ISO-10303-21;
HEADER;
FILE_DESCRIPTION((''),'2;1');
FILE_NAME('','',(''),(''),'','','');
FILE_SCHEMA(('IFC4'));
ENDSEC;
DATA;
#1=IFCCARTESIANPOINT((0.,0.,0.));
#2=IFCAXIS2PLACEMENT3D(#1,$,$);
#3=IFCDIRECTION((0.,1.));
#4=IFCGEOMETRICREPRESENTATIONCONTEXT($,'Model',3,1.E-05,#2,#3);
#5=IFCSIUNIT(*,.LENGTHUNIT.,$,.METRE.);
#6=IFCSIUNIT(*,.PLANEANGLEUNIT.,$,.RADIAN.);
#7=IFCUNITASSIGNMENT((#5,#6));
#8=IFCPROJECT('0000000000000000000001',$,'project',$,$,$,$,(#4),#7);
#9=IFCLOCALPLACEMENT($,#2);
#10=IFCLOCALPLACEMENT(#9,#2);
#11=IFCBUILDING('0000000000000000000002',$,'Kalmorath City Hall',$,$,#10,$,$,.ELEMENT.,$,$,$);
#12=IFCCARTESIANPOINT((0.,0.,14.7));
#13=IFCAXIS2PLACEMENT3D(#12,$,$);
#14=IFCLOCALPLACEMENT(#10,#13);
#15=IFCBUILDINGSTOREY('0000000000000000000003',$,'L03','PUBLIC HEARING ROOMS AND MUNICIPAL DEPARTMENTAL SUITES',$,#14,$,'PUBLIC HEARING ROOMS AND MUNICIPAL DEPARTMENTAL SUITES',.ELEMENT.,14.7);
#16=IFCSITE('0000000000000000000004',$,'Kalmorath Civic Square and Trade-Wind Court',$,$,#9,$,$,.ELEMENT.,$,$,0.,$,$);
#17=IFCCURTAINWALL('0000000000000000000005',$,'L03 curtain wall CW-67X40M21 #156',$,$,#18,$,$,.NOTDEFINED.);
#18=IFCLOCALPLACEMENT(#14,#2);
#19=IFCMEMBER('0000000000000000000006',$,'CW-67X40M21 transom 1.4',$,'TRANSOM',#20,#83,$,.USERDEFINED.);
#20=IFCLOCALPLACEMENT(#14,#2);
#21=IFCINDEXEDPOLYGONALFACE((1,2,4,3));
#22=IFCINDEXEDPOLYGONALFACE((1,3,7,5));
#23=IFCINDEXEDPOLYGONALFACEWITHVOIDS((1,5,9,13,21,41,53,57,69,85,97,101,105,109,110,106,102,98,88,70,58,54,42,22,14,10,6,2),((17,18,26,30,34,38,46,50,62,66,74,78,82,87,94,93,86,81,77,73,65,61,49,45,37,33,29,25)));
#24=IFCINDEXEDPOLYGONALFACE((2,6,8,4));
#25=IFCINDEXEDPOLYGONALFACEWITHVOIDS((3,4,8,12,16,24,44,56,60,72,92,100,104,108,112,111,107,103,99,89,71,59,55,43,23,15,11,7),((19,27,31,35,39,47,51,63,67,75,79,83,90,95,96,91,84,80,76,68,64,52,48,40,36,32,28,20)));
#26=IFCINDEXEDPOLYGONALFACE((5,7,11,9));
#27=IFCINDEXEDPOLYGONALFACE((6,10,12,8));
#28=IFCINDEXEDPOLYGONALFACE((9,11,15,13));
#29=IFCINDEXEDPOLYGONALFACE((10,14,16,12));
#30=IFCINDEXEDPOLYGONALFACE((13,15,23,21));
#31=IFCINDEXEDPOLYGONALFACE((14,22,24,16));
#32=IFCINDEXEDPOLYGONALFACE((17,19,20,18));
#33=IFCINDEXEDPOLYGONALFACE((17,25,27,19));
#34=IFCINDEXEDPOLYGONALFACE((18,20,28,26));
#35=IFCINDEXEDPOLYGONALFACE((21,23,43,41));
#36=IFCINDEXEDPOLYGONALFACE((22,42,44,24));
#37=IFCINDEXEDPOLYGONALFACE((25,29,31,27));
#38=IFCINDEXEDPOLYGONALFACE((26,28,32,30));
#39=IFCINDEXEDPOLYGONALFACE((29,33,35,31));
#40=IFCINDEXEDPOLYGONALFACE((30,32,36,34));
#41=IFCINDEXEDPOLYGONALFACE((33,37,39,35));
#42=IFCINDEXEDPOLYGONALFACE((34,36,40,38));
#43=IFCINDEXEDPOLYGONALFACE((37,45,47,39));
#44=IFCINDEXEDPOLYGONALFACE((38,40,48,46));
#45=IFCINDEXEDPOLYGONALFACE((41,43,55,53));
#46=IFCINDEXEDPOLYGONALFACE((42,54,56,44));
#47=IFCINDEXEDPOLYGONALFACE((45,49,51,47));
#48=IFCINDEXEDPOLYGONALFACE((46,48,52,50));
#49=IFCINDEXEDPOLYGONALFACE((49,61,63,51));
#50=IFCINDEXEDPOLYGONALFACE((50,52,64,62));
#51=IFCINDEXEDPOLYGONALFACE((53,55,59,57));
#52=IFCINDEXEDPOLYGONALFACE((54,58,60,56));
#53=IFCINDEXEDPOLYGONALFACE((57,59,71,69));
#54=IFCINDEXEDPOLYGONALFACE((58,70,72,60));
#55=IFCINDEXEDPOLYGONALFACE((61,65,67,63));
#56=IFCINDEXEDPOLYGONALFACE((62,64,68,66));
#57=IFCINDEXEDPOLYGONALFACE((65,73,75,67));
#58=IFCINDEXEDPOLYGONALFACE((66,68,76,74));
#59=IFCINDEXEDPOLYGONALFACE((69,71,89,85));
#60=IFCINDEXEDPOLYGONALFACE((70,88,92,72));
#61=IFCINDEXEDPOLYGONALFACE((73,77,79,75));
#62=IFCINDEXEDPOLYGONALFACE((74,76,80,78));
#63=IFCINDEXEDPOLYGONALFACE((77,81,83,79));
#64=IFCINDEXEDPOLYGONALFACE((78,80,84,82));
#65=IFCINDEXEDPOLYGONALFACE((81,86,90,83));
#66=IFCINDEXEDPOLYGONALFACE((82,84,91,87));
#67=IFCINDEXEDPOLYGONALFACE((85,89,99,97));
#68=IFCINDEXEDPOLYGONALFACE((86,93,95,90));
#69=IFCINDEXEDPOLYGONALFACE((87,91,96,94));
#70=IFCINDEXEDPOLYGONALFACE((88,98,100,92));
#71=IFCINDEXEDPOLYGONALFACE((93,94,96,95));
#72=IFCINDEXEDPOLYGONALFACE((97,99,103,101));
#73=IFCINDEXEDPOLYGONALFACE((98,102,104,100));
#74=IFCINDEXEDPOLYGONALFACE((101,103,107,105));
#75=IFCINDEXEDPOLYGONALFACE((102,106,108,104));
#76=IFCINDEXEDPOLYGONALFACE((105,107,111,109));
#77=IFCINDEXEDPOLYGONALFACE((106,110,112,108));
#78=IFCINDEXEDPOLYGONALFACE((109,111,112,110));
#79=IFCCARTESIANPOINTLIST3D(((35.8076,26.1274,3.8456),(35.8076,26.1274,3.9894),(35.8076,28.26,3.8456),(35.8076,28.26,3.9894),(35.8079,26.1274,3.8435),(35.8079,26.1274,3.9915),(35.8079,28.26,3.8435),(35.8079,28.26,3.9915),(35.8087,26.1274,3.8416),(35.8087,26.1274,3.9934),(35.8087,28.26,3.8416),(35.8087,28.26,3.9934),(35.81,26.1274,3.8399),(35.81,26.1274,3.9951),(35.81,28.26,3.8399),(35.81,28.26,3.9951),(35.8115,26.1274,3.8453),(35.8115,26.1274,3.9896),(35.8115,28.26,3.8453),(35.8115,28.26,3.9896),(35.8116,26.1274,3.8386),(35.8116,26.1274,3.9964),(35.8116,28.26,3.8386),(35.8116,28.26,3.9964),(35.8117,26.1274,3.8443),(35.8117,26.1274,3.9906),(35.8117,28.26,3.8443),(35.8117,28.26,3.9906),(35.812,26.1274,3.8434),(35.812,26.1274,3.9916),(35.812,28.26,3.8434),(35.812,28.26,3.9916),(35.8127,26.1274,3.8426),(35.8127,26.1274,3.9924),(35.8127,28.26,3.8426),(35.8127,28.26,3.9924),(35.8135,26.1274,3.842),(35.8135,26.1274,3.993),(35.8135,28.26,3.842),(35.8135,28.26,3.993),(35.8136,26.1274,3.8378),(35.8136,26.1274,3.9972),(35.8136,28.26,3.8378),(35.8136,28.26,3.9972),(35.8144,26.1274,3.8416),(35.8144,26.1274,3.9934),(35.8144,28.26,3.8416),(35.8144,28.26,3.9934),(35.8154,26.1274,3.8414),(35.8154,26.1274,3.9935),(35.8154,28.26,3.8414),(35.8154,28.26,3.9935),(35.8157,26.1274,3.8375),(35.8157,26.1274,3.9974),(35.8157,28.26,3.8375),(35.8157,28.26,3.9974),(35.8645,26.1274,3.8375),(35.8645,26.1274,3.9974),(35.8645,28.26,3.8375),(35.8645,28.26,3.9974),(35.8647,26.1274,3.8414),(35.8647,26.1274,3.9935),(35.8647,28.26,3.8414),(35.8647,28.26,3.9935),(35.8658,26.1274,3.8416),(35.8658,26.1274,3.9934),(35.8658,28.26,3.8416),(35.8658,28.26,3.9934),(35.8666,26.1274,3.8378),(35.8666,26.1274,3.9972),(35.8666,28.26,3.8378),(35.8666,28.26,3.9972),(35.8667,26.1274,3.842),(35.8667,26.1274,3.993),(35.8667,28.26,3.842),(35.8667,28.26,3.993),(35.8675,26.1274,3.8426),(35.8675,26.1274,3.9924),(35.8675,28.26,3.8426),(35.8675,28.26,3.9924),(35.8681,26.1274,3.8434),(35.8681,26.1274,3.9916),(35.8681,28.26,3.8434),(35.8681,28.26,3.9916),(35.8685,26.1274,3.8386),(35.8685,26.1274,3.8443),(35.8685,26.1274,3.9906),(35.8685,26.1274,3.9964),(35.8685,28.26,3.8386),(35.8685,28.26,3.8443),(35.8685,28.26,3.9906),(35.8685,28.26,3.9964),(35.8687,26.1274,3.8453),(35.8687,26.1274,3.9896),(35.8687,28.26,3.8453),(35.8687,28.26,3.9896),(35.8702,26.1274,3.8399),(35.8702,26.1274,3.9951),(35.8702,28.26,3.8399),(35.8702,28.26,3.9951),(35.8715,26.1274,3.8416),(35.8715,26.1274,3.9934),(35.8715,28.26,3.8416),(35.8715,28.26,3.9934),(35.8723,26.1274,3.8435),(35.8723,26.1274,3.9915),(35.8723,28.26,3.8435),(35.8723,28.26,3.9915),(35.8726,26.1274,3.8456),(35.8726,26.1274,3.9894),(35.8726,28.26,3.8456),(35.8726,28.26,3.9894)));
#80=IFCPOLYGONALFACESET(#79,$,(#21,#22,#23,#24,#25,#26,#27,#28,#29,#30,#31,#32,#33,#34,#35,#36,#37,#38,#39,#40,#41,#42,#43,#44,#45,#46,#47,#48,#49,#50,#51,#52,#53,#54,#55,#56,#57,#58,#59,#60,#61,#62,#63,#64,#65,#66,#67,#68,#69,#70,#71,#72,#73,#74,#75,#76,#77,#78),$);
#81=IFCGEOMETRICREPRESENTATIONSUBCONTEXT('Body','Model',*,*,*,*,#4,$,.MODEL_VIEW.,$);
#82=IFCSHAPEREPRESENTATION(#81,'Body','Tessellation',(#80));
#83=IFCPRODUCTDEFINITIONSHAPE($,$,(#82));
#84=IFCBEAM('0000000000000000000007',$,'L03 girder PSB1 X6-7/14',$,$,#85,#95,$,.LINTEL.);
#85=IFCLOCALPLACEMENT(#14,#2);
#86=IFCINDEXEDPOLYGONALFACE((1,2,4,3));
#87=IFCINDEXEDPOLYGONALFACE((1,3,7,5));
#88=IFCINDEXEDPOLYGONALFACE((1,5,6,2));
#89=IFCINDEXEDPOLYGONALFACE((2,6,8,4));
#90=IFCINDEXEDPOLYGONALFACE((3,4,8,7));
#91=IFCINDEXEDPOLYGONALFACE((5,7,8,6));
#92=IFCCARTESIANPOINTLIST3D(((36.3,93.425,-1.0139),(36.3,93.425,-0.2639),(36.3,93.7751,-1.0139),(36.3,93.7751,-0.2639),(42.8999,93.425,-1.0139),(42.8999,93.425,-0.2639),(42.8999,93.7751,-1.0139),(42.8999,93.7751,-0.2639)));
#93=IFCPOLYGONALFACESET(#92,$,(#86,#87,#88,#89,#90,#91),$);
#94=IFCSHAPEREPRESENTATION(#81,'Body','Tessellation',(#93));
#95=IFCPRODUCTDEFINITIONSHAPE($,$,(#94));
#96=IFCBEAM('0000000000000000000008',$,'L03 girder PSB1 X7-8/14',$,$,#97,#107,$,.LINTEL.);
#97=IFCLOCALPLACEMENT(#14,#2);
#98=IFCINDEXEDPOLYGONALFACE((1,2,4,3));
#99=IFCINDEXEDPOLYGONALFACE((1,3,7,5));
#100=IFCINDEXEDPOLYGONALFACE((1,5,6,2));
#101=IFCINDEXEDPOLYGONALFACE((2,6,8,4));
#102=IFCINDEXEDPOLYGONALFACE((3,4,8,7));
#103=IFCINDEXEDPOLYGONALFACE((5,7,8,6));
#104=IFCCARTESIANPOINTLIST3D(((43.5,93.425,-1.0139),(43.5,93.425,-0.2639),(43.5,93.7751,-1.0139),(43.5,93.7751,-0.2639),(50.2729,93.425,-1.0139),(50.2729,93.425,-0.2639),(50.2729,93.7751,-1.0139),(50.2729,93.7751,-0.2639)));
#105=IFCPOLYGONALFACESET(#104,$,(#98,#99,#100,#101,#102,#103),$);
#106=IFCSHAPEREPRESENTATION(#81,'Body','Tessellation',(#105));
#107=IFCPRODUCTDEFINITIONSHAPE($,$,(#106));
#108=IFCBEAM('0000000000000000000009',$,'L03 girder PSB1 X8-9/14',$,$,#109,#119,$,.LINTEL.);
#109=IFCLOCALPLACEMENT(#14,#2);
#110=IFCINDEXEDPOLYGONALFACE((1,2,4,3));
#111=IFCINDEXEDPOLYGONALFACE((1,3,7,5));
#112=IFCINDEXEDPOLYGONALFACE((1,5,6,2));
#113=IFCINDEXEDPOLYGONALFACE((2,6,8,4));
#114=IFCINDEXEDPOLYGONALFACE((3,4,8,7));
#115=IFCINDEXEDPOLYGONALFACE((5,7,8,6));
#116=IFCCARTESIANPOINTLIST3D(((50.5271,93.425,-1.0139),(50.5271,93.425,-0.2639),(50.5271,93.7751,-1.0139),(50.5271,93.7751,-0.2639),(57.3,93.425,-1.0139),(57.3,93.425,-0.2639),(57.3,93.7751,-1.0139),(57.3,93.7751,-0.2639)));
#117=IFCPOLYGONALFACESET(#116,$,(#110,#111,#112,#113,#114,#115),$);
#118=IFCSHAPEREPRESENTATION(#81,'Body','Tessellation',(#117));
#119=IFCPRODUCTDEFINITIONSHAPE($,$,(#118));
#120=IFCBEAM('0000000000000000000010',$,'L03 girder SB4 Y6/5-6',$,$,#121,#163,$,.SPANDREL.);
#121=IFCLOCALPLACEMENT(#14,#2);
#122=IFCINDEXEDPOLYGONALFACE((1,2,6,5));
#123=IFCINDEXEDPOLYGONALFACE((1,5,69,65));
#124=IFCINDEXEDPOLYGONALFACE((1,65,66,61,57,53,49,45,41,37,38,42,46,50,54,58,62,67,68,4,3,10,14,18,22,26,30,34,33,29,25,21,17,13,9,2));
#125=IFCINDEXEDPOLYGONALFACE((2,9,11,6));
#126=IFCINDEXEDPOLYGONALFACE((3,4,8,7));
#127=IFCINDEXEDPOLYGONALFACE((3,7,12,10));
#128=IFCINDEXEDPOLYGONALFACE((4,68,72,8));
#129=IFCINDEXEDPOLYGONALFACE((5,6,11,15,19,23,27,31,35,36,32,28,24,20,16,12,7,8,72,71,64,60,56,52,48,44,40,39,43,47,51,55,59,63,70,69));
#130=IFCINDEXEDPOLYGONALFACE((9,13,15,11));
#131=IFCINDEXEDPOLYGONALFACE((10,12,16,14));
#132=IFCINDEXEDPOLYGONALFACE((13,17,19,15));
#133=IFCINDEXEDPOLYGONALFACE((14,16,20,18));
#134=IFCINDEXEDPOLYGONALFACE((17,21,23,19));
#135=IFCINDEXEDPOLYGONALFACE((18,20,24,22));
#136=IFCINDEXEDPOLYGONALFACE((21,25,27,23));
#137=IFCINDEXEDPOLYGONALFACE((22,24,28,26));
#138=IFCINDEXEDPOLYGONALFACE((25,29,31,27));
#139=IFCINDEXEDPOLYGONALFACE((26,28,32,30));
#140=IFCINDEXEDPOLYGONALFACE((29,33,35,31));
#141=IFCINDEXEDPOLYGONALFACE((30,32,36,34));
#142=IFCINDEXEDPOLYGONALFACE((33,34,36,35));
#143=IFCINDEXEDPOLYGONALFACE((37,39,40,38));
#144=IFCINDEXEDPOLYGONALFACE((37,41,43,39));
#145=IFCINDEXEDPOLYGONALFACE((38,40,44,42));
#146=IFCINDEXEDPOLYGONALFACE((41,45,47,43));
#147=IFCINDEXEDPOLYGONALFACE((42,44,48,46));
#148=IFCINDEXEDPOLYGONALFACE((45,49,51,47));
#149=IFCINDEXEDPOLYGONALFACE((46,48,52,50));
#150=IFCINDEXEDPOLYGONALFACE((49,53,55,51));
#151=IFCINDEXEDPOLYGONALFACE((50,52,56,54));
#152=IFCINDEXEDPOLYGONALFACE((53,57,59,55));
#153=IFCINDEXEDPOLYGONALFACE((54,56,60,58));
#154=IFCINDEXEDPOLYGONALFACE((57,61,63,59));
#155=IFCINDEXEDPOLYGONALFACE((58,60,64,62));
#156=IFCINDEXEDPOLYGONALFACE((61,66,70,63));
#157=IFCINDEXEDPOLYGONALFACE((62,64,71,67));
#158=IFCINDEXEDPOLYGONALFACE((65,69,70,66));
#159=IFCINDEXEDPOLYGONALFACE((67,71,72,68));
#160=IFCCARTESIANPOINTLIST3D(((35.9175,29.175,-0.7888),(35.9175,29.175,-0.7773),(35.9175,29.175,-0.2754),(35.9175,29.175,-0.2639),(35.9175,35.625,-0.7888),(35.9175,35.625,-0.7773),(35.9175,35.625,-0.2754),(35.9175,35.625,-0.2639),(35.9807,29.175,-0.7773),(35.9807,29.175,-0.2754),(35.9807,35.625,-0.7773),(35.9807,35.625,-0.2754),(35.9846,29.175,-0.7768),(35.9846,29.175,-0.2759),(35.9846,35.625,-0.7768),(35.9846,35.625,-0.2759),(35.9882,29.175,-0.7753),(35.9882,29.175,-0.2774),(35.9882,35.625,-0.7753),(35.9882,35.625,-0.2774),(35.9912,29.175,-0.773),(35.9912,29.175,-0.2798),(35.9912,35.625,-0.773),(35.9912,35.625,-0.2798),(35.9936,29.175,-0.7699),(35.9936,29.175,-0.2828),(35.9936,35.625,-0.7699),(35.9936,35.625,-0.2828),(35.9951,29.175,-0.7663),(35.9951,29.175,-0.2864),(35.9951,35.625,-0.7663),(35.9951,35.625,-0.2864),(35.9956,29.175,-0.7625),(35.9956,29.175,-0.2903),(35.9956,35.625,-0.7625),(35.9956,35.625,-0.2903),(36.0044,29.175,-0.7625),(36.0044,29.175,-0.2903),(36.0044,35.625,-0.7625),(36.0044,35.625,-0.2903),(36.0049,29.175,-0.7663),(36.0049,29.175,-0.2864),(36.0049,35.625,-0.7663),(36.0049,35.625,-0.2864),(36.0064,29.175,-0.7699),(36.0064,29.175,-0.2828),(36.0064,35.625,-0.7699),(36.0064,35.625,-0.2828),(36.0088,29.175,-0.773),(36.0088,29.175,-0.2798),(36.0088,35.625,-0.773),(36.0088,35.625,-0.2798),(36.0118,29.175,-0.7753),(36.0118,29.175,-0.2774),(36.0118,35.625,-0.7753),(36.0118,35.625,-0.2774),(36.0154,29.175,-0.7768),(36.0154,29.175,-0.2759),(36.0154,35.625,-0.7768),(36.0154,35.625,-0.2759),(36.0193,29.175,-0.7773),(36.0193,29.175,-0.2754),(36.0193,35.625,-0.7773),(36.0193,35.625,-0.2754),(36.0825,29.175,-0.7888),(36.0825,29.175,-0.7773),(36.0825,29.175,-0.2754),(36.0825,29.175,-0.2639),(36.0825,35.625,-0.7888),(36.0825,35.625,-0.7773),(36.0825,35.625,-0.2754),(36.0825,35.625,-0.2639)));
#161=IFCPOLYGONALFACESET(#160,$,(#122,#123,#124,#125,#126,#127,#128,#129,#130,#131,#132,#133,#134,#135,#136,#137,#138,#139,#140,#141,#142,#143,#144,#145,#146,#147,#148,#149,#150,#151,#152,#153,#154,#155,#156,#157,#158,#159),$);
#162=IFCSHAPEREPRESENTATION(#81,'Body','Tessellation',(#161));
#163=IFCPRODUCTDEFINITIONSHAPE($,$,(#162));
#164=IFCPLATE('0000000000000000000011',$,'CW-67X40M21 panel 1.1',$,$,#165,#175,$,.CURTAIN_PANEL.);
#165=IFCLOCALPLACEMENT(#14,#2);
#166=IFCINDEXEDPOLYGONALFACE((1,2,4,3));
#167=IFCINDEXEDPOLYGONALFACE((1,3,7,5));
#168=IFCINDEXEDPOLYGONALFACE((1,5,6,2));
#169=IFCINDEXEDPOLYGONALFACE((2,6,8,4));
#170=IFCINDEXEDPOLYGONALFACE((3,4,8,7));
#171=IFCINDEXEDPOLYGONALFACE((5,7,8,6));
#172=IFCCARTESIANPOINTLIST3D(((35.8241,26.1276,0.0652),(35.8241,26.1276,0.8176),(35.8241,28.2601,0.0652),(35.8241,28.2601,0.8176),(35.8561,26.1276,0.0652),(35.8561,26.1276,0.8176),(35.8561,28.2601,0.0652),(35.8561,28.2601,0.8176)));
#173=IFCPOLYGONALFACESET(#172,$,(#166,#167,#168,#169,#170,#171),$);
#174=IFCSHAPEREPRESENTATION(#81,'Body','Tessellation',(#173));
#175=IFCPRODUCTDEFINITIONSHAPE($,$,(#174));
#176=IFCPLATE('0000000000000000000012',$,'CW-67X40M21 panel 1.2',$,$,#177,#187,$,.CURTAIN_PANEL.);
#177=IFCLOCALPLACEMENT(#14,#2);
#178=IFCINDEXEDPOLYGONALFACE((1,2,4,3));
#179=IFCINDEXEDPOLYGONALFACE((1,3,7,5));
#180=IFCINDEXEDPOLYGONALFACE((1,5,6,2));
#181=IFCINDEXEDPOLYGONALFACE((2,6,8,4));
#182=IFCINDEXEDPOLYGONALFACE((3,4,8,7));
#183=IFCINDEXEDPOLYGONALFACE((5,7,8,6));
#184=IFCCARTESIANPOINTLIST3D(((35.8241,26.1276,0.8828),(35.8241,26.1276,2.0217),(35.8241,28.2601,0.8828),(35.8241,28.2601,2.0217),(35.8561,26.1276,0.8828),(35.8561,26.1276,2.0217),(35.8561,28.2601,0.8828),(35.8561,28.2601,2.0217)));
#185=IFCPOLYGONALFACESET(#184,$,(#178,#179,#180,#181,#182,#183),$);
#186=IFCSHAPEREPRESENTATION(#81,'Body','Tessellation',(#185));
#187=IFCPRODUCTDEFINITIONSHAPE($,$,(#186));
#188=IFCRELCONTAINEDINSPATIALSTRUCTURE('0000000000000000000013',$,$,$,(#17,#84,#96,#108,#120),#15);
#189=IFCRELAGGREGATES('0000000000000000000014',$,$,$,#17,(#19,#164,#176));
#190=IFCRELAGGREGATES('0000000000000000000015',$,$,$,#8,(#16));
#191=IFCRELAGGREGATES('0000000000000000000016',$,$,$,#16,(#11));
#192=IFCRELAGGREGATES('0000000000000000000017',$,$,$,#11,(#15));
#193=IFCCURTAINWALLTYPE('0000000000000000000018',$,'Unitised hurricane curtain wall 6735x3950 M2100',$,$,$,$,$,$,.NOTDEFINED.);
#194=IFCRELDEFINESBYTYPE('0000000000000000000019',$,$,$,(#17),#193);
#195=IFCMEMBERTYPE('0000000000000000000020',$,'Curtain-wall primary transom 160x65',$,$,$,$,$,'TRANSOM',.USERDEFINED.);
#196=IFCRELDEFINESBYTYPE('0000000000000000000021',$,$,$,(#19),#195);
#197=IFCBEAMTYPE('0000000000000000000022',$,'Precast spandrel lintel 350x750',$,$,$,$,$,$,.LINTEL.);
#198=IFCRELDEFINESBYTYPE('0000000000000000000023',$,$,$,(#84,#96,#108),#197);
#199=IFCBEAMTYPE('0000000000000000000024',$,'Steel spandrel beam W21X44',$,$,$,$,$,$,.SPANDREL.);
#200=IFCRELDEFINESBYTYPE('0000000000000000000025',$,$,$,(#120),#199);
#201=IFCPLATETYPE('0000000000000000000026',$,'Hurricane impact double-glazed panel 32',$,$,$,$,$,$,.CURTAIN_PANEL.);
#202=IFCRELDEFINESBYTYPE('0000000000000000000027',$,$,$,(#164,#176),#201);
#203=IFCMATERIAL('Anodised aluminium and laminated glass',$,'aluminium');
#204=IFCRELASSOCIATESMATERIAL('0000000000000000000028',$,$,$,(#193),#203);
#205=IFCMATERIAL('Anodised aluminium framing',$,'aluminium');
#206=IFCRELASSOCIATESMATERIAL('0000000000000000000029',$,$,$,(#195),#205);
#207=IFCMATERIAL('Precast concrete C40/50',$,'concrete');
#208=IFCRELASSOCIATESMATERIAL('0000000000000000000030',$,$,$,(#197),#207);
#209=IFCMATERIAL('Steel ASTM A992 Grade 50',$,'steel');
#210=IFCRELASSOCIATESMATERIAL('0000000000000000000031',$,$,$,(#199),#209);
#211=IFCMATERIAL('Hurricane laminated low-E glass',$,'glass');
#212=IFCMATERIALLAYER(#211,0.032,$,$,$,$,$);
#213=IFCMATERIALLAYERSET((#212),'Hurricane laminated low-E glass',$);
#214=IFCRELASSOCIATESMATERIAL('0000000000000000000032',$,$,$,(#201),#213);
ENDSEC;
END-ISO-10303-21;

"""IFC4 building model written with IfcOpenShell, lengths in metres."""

from ifc_helpers import new_model, si_unit, direction, frame, origin, origin_2d, place, context, subcontext, project, spatial, rectangle, hollow_rectangle, i_section, extrude, material, layer, layer_set, material_profile, profile_set, type_object, element, aggregate, save


model = new_model("IFC4")

# Units and contexts
model_context = context("Model", 3, precision=1e-05, world=origin(), true_north=direction((0.0, 1.0)))
body_context = subcontext(model_context, "Body", "Model", "MODEL_VIEW")
ifc_project = project(units=[si_unit("LENGTHUNIT", "METRE"), si_unit("PLANEANGLEUNIT", "RADIAN")], contexts=[model_context])

# Site, building, storey
site_placement = place(None, origin())
site = spatial("IfcSite", under=ifc_project, at=site_placement, Name="Kalmorath Civic Square and Trade-Wind Court", CompositionType="ELEMENT", RefElevation=0.0)
building_placement = place(site_placement, origin())
building = spatial("IfcBuilding", under=site, at=building_placement, Name="Kalmorath City Hall", CompositionType="ELEMENT")
storey_placement = place(building_placement, frame((0.0, 0.0, 14.7)))
storey = spatial("IfcBuildingStorey", under=building, at=storey_placement, Name="L03", Description="PUBLIC HEARING ROOMS AND MUNICIPAL DEPARTMENTAL SUITES", LongName="PUBLIC HEARING ROOMS AND MUNICIPAL DEPARTMENTAL SUITES", CompositionType="ELEMENT", Elevation=14.7)

# Curtain wall, member
ifc_material_1 = material(Name="Anodised aluminium and laminated glass", Category="aluminium")
curtain_wall_type = type_object("IfcCurtainWallType", Name="Unitised hurricane curtain wall 6735x3950 M2100", PredefinedType="NOTDEFINED", material=ifc_material_1)
curtain_wall_placement = place(storey_placement, origin())
curtain_wall = element("IfcCurtainWall", 1, at=curtain_wall_placement, inside=storey, type_object=curtain_wall_type, Name="L03 curtain wall CW-67X40M21 #156", PredefinedType="NOTDEFINED")
ifc_material_2 = material(Name="Anodised aluminium framing", Category="aluminium")
ifc_material_profile_1 = material_profile(ifc_material_2, hollow_rectangle(XDim=0.0649, YDim=0.1599, WallThickness=0.0039, InnerFilletRadius=0.0039, OuterFilletRadius=0.0081, at=origin_2d()), Name="ALU-TRN-160X65X4")
ifc_profile_set_1 = profile_set([ifc_material_profile_1], Name="Anodised aluminium framing")
member_type = type_object("IfcMemberType", Name="Curtain-wall primary transom 160x65", ElementType="TRANSOM", PredefinedType="USERDEFINED", material=ifc_profile_set_1)
member_1_placement = place(storey_placement, frame((35.8401, 28.26, 3.9175), z_axis=(0.0, -1.0, 0.0), x_axis=(1.0, 0.0, 0.0)))
member_1 = element("IfcMember", 2, at=member_1_placement, type_object=member_type, Name="CW-67X40M21 transom 1.4", ObjectType="TRANSOM", PredefinedType="USERDEFINED", context=body_context, shape_type="SweptSolid", body=[
    extrude(hollow_rectangle(XDim=0.0649, YDim=0.1599, WallThickness=0.0039, InnerFilletRadius=0.0039, OuterFilletRadius=0.0081, at=origin_2d()), origin(), (0.0, 0.0, 1.0), 2.1326),
])

# Beams
ifc_material_3 = material(Name="Precast concrete C40/50", Category="concrete")
ifc_material_profile_2 = material_profile(ifc_material_3, rectangle(XDim=0.3501, YDim=0.75, at=origin_2d()), Name="PC-SP-350X750")
ifc_profile_set_2 = profile_set([ifc_material_profile_2], Name="Precast concrete C40/50")
beam_type_1 = type_object("IfcBeamType", Name="Precast spandrel lintel 350x750", PredefinedType="LINTEL", material=ifc_profile_set_2)
beam_1_placement = place(storey_placement, frame((36.3, 93.6001, -0.6389), z_axis=(1.0, 0.0, 0.0), x_axis=(0.0, 1.0, 0.0)))
element("IfcBeam", 3, at=beam_1_placement, inside=storey, type_object=beam_type_1, Name="L03 girder PSB1 X6-7/14", PredefinedType="LINTEL", context=body_context, shape_type="SweptSolid", body=[
    extrude(rectangle(XDim=0.3501, YDim=0.75, at=origin_2d()), origin(), (0.0, 0.0, 1.0), 6.5999),
])
for number, where, z_axis, x_axis, name in (
    (4, (43.5, 93.6001, -0.6389), (1.0, 0.0, 0.0), (0.0, 1.0, 0.0), "L03 girder PSB1 X7-8/14"),
    (5, (50.5271, 93.6001, -0.6389), (1.0, 0.0, 0.0), (0.0, 1.0, 0.0), "L03 girder PSB1 X8-9/14"),
):
    element("IfcBeam", number, at=place(storey_placement, frame(where, z_axis=z_axis, x_axis=x_axis)), inside=storey, type_object=beam_type_1, Name=name, PredefinedType="LINTEL", context=body_context, shape_type="SweptSolid", body=[
        extrude(rectangle(XDim=0.3501, YDim=0.75, at=origin_2d()), origin(), (0.0, 0.0, 1.0), 6.7729),
    ])
ifc_material_4 = material(Name="Steel ASTM A992 Grade 50", Category="steel")
ifc_material_profile_3 = material_profile(ifc_material_4, i_section(OverallWidth=0.165, OverallDepth=0.5249, WebThickness=0.0088, FlangeThickness=0.0115, FilletRadius=0.0149, at=origin_2d()), Name="W21X44")
ifc_profile_set_3 = profile_set([ifc_material_profile_3], Name="Steel ASTM A992 Grade 50")
beam_type_2 = type_object("IfcBeamType", Name="Steel spandrel beam W21X44", PredefinedType="SPANDREL", material=ifc_profile_set_3)
beam_2_placement = place(storey_placement, frame((36.0, 29.175, -0.5264), z_axis=(0.0, 1.0, 0.0), x_axis=(-1.0, 0.0, 0.0)))
element("IfcBeam", 6, at=beam_2_placement, inside=storey, type_object=beam_type_2, Name="L03 girder SB4 Y6/5-6", PredefinedType="SPANDREL", context=body_context, shape_type="SweptSolid", body=[
    extrude(i_section(OverallWidth=0.165, OverallDepth=0.5249, WebThickness=0.0088, FlangeThickness=0.0115, FilletRadius=0.0149, at=origin_2d()), origin(), (0.0, 0.0, 1.0), 6.45),
])

# Plates
ifc_material_5 = material(Name="Hurricane laminated low-E glass", Category="glass")
ifc_layer_1 = layer(ifc_material_5, 0.032)
ifc_layer_set_1 = layer_set([ifc_layer_1], Name="Hurricane laminated low-E glass")
plate_type = type_object("IfcPlateType", Name="Hurricane impact double-glazed panel 32", PredefinedType="CURTAIN_PANEL", material=ifc_layer_set_1)
plate_1_placement = place(storey_placement, frame((35.8401, 27.1938, 0.0652), z_axis=(0.0, 0.0, 1.0), x_axis=(0.0, -1.0, 0.0)))
plate_1 = element("IfcPlate", 7, at=plate_1_placement, type_object=plate_type, Name="CW-67X40M21 panel 1.1", PredefinedType="CURTAIN_PANEL", context=body_context, shape_type="SweptSolid", body=[
    extrude(rectangle(XDim=2.1326, YDim=0.032, at=origin_2d()), origin(), (0.0, 0.0, 1.0), 0.7524),
])
plate_2_placement = place(storey_placement, frame((35.8401, 27.1938, 0.8828), z_axis=(0.0, 0.0, 1.0), x_axis=(0.0, -1.0, 0.0)))
plate_2 = element("IfcPlate", 8, at=plate_2_placement, type_object=plate_type, Name="CW-67X40M21 panel 1.2", PredefinedType="CURTAIN_PANEL", context=body_context, shape_type="SweptSolid", body=[
    extrude(rectangle(XDim=2.1326, YDim=0.032, at=origin_2d()), origin(), (0.0, 0.0, 1.0), 1.1389),
])
aggregate(curtain_wall, [member_1, plate_1, plate_2])

save(model, "model.ifc")
